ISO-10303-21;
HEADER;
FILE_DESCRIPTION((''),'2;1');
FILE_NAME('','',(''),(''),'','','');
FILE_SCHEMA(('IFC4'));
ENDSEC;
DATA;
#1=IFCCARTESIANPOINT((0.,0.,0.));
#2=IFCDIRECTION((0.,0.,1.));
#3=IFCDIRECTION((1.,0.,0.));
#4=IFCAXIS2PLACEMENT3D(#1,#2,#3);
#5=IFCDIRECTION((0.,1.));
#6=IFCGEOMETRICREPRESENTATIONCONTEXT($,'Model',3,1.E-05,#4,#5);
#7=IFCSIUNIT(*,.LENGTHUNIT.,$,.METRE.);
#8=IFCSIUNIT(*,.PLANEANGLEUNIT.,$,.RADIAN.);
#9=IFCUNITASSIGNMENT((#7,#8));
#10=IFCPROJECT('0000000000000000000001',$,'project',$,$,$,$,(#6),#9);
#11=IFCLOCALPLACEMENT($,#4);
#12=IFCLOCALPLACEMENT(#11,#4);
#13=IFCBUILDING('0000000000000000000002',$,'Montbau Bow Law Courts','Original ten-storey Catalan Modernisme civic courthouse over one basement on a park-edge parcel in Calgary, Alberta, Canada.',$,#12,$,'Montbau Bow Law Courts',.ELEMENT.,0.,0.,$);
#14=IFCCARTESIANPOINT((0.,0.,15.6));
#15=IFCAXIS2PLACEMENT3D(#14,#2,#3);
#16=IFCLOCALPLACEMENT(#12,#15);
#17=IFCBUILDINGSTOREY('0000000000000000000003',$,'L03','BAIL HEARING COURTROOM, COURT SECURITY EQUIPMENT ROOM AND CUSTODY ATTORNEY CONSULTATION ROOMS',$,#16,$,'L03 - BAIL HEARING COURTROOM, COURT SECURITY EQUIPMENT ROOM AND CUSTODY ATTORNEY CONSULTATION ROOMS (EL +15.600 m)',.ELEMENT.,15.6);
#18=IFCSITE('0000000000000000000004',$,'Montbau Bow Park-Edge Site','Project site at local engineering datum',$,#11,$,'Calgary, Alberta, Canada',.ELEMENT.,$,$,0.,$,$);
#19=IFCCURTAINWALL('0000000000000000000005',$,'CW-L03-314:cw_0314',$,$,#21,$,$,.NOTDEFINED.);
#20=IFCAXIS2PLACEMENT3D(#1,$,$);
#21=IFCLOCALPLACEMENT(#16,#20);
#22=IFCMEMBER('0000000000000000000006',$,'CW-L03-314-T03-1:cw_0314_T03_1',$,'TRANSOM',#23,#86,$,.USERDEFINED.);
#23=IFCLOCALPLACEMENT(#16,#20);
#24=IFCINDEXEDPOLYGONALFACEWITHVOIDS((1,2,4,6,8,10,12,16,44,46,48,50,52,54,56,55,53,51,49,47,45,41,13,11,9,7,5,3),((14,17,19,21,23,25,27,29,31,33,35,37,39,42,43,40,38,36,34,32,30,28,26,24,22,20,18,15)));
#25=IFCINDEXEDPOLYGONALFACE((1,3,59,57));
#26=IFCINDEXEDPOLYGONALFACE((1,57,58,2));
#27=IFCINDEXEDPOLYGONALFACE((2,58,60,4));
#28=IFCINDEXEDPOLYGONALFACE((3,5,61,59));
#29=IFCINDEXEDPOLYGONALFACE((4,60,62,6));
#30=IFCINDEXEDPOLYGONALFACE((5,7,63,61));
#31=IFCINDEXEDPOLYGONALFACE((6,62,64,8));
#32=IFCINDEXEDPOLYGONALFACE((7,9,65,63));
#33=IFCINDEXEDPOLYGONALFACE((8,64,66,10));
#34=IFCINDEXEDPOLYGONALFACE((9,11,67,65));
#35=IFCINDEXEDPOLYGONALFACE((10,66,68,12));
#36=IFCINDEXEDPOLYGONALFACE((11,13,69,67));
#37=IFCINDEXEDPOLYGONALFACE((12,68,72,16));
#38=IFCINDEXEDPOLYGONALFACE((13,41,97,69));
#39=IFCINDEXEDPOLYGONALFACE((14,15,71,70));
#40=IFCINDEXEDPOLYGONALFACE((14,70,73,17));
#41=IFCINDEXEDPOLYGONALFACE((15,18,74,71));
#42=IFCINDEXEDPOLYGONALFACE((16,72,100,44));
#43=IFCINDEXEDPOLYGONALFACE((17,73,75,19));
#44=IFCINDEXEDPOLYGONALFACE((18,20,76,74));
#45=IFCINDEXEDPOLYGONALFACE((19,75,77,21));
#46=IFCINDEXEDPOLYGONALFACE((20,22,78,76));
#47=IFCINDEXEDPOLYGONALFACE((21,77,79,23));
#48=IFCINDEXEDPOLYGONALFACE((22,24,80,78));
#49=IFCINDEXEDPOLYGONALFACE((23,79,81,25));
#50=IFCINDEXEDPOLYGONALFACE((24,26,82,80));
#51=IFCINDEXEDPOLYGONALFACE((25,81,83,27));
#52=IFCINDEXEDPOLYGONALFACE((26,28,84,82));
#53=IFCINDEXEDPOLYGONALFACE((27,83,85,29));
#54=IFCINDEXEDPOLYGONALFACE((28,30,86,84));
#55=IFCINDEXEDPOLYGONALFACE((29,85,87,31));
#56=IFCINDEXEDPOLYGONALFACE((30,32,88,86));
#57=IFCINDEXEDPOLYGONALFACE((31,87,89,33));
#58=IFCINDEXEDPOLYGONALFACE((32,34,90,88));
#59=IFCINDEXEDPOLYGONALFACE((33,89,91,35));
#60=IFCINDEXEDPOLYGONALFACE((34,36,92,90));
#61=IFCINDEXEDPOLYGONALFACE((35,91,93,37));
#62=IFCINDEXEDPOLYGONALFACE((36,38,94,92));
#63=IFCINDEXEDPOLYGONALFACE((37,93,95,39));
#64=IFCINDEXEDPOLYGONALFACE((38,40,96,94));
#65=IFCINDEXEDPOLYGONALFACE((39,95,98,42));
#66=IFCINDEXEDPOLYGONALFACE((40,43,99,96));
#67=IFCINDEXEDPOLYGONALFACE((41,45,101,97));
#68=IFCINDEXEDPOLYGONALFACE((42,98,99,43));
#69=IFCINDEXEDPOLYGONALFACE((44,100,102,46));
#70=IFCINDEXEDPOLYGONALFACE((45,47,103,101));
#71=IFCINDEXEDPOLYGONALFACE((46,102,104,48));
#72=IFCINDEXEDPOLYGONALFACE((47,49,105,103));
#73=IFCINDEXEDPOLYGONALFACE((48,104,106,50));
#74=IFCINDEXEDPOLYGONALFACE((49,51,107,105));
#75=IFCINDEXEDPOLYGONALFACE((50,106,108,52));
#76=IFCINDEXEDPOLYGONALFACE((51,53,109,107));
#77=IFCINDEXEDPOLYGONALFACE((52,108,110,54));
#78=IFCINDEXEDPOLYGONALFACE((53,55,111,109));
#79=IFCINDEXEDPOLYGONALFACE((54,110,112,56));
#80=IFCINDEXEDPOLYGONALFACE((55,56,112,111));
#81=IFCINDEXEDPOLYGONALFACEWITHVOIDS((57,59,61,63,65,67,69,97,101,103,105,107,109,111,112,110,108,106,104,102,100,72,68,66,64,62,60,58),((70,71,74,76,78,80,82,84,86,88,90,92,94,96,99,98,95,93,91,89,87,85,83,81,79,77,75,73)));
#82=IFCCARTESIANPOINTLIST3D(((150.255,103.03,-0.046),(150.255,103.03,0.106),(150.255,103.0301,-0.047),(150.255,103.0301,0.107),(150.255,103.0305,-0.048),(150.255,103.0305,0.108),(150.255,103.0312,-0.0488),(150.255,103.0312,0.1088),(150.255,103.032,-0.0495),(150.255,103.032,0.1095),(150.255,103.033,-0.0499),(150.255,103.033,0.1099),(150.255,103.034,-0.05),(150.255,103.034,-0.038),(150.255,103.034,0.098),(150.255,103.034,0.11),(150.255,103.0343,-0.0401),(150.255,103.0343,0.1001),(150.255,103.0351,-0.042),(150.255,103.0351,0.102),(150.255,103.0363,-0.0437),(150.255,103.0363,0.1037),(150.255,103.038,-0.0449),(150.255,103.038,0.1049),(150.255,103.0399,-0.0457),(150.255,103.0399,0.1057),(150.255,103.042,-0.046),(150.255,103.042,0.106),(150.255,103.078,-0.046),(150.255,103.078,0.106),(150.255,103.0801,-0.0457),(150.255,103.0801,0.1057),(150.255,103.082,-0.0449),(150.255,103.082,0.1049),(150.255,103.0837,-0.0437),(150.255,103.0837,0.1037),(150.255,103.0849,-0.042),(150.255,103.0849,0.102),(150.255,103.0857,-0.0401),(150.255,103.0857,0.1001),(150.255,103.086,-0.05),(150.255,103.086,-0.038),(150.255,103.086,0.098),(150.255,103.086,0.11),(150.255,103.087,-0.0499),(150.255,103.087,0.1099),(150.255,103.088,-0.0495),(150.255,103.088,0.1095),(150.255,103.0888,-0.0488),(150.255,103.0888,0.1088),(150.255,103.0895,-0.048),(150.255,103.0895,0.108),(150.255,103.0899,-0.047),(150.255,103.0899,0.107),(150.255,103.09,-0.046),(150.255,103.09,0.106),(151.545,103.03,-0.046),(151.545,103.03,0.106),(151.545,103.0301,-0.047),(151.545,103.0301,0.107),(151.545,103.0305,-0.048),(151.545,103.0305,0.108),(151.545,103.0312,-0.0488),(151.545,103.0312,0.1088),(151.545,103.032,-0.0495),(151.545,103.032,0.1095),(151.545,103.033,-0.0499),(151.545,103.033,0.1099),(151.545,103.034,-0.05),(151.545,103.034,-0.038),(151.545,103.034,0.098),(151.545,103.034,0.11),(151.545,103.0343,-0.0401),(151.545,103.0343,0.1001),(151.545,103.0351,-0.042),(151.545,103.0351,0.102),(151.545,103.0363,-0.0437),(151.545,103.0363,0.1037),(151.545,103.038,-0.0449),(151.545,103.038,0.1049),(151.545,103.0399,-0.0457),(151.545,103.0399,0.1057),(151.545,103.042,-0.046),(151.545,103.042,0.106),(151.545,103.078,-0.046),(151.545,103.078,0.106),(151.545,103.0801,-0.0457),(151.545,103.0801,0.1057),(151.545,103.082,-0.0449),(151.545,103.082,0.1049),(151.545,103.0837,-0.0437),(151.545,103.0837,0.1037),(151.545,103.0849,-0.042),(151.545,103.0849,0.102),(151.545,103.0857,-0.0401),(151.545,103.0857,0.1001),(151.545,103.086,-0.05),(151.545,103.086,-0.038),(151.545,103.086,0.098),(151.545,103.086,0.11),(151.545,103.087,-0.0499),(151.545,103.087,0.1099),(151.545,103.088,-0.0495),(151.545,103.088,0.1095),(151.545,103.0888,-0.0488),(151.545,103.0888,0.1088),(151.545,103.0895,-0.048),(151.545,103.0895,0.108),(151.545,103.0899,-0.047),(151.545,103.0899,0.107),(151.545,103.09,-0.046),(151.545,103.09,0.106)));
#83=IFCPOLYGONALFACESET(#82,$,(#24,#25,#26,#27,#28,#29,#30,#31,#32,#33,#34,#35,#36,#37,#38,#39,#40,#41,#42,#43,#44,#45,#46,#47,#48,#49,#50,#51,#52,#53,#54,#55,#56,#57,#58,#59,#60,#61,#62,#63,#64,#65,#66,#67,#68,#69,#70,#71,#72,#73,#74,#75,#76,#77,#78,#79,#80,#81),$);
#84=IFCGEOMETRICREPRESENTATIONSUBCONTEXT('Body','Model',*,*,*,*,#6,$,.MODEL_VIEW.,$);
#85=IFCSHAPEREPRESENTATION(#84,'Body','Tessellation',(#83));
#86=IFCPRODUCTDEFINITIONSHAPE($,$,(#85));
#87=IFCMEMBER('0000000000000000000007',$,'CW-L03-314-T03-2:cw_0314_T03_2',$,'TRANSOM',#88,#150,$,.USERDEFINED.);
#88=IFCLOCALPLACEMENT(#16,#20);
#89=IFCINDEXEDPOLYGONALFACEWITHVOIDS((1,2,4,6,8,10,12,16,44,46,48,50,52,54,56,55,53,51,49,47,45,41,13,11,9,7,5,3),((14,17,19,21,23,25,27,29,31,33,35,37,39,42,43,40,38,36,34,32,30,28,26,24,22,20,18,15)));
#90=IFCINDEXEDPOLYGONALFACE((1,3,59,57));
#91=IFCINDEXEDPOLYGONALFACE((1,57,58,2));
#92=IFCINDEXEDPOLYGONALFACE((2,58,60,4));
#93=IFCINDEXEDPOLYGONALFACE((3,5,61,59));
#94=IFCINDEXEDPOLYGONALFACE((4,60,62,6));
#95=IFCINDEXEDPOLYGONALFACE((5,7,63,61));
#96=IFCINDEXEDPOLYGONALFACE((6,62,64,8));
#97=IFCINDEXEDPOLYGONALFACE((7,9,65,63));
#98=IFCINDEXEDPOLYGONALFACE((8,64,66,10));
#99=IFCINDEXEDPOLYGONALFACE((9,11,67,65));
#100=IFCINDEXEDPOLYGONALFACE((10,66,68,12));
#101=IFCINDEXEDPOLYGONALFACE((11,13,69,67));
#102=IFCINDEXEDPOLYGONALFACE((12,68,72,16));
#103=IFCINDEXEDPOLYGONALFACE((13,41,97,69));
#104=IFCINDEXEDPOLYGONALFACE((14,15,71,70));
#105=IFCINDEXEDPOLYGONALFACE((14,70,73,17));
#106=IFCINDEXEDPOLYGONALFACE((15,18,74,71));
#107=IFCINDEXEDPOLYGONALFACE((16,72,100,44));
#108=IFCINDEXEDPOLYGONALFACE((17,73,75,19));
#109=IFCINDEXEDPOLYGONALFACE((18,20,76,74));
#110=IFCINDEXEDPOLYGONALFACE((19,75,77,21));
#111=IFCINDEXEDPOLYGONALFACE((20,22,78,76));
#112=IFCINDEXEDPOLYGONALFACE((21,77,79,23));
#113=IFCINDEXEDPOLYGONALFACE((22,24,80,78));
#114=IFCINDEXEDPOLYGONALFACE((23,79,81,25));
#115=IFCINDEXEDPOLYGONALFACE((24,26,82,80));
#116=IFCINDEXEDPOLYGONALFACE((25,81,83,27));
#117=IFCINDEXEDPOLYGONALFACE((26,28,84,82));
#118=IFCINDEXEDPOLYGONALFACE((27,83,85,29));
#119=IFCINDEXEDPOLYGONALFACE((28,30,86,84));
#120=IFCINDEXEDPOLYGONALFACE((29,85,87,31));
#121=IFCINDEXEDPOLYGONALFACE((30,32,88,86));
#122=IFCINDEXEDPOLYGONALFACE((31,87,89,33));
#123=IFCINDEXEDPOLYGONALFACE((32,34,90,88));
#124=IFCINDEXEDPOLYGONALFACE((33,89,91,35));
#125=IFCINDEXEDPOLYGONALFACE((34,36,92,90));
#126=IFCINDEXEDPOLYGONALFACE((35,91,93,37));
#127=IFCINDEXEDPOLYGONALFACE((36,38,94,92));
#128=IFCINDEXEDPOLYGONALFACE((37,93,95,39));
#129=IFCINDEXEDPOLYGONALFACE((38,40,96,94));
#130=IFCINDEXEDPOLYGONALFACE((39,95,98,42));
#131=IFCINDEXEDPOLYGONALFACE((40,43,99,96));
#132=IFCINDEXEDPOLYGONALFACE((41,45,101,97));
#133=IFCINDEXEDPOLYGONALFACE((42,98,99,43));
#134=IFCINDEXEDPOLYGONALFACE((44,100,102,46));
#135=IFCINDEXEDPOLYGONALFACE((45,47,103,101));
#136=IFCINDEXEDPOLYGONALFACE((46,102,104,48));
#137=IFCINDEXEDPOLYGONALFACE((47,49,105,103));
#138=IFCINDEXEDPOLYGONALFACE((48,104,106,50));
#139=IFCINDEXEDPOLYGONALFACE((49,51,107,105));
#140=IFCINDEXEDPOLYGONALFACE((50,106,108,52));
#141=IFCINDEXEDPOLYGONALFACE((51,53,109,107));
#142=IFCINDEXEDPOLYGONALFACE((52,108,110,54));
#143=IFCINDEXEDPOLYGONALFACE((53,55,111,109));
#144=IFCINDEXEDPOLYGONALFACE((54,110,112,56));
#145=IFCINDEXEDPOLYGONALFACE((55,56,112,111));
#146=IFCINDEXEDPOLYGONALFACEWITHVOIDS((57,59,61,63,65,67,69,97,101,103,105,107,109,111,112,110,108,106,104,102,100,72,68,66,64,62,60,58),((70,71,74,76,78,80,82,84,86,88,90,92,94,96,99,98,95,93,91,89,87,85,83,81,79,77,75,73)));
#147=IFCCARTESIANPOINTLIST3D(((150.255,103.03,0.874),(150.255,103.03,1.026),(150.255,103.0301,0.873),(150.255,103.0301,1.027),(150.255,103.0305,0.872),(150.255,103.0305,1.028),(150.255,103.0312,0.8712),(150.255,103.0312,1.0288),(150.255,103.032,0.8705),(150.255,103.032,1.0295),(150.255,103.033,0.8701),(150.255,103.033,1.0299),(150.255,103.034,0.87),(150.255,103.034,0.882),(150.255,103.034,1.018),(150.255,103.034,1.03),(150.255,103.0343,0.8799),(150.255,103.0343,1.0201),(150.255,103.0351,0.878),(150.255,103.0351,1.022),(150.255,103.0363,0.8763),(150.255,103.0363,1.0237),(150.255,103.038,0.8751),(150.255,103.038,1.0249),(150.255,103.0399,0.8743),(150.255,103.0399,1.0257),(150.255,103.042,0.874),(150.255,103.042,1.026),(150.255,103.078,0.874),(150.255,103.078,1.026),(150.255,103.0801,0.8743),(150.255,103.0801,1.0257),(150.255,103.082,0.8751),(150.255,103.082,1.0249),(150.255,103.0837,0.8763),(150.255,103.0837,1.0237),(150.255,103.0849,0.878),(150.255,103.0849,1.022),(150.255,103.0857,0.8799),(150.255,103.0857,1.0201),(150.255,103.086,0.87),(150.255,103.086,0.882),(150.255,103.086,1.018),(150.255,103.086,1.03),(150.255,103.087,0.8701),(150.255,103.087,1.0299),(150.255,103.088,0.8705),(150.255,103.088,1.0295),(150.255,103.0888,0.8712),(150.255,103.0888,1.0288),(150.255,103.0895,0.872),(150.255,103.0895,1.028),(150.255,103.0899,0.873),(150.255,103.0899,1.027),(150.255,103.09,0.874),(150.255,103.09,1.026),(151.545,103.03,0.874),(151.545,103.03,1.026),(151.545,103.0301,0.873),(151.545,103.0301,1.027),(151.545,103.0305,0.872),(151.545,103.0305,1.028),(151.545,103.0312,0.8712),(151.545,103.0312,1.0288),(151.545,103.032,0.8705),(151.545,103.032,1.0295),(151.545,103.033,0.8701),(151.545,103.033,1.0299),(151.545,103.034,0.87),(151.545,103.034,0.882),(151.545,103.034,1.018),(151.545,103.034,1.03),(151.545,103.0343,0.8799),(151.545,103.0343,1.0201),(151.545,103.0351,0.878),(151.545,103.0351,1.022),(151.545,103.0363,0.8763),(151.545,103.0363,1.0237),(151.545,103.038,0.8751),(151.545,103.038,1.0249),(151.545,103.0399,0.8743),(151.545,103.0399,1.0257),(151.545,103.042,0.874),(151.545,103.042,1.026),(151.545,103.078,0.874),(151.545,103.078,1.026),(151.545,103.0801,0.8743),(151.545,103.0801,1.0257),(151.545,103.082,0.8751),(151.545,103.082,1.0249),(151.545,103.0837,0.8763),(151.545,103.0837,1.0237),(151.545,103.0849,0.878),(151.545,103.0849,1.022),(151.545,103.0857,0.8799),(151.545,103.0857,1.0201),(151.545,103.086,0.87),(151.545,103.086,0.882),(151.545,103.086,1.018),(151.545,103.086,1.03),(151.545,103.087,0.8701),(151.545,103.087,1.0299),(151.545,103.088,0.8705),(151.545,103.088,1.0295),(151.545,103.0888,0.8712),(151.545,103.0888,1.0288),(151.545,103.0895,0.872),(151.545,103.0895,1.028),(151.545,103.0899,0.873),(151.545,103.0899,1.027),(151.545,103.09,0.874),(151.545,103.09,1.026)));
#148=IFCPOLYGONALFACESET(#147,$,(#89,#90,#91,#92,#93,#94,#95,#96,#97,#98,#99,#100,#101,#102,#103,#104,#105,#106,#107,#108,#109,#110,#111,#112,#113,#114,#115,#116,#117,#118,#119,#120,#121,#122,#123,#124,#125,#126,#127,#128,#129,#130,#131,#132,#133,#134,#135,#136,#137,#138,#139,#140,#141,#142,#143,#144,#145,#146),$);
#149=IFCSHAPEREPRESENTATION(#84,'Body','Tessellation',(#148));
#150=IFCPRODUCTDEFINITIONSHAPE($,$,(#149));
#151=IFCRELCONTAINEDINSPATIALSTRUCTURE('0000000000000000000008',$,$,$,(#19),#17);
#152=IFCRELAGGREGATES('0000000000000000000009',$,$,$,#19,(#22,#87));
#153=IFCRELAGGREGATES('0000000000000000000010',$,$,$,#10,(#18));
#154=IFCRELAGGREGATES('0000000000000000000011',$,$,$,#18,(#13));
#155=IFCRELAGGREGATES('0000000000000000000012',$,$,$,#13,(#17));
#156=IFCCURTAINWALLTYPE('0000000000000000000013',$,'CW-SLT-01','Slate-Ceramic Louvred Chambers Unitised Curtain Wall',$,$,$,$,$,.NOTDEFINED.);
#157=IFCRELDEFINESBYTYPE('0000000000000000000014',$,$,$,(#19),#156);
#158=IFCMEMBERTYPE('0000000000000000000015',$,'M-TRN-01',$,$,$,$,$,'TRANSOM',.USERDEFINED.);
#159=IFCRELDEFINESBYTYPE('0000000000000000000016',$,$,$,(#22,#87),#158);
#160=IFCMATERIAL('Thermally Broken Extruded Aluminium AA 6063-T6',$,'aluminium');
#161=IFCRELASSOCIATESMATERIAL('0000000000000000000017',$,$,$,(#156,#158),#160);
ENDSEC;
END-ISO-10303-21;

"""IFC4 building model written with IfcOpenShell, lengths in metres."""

from ifc_helpers import new_model, si_unit, direction, frame, origin_with_axes, origin_2d_with_axis, place, context, subcontext, project, spatial, hollow_rectangle, extrude, material, material_profile, profile_set, type_object, element, aggregate, save


model = new_model("IFC4")

# Units and contexts
model_context = context("Model", 3, precision=1e-05, world=origin_with_axes(), true_north=direction((0.0, 1.0)))
body_context = subcontext(model_context, "Body", "Model", "MODEL_VIEW")
ifc_project = project(units=[si_unit("LENGTHUNIT", "METRE"), si_unit("PLANEANGLEUNIT", "RADIAN")], contexts=[model_context])

# Site, building, storey
site_placement = place(None, origin_with_axes())
site = spatial("IfcSite", under=ifc_project, at=site_placement, Name="Montbau Bow Park-Edge Site", Description="Project site at local engineering datum", LongName="Calgary, Alberta, Canada", CompositionType="ELEMENT", RefElevation=0.0)
building_placement = place(site_placement, origin_with_axes())
building = spatial("IfcBuilding", under=site, at=building_placement, Name="Montbau Bow Law Courts", Description="Original ten-storey Catalan Modernisme civic courthouse over one basement on a park-edge parcel in Calgary, Alberta, Canada.", LongName="Montbau Bow Law Courts", CompositionType="ELEMENT", ElevationOfRefHeight=0.0, ElevationOfTerrain=0.0)
storey_placement = place(building_placement, frame((0.0, 0.0, 15.6), z_axis=(0.0, 0.0, 1.0), x_axis=(1.0, 0.0, 0.0)))
storey = spatial("IfcBuildingStorey", under=building, at=storey_placement, Name="L03", Description="BAIL HEARING COURTROOM, COURT SECURITY EQUIPMENT ROOM AND CUSTODY ATTORNEY CONSULTATION ROOMS", LongName="L03 - BAIL HEARING COURTROOM, COURT SECURITY EQUIPMENT ROOM AND CUSTODY ATTORNEY CONSULTATION ROOMS (EL +15.600 m)", CompositionType="ELEMENT", Elevation=15.6)

# Curtain wall, members
ifc_material_1 = material(Name="Thermally Broken Extruded Aluminium AA 6063-T6", Category="aluminium")
curtain_wall_type = type_object("IfcCurtainWallType", Name="CW-SLT-01", Description="Slate-Ceramic Louvred Chambers Unitised Curtain Wall", PredefinedType="NOTDEFINED", material=ifc_material_1)
curtain_wall_placement = place(None, frame((147.515, 103.06, 15.6), z_axis=(0.0, 0.0, 1.0), x_axis=(1.0, 0.0, 0.0)))
curtain_wall = element("IfcCurtainWall", 1, at=curtain_wall_placement, inside=storey, type_object=curtain_wall_type, Name="CW-L03-314:cw_0314", PredefinedType="NOTDEFINED")
ifc_material_profile_1 = material_profile(ifc_material_1, hollow_rectangle(XDim=0.06, YDim=0.16, WallThickness=0.004, InnerFilletRadius=0.008, OuterFilletRadius=0.004, at=origin_2d_with_axis()), Name="CWT-160X60", Category="Main", Priority=0)
ifc_profile_set_1 = profile_set([ifc_material_profile_1], Name="Thermally Broken Extruded Aluminium AA 6063-T6")
member_type_1 = type_object("IfcMemberType", Name="M-TRN-01", ElementType="TRANSOM", PredefinedType="USERDEFINED", material=ifc_profile_set_1)
member_1_placement = place(None, frame((150.255, 103.06, 15.63), z_axis=(1.0, 0.0, 0.0), x_axis=(0.0, 1.0, 0.0)))
member_1 = element("IfcMember", 2, at=member_1_placement, type_object=member_type_1, Name="CW-L03-314-T03-1:cw_0314_T03_1", ObjectType="TRANSOM", PredefinedType="USERDEFINED", context=body_context, shape_type="SweptSolid", body=[
    extrude(hollow_rectangle(XDim=0.06, YDim=0.16, WallThickness=0.004, InnerFilletRadius=0.008, OuterFilletRadius=0.004, at=origin_2d_with_axis()), origin_with_axes(), (0.0, 0.0, 1.0), 1.29),
])
member_2_placement = place(None, frame((150.255, 103.06, 16.55), z_axis=(1.0, 0.0, 0.0), x_axis=(0.0, 1.0, 0.0)))
member_2 = element("IfcMember", 3, at=member_2_placement, type_object=member_type_1, Name="CW-L03-314-T03-2:cw_0314_T03_2", ObjectType="TRANSOM", PredefinedType="USERDEFINED", context=body_context, shape_type="SweptSolid", body=[
    extrude(hollow_rectangle(XDim=0.06, YDim=0.16, WallThickness=0.004, InnerFilletRadius=0.008, OuterFilletRadius=0.004, at=origin_2d_with_axis()), origin_with_axes(), (0.0, 0.0, 1.0), 1.29),
])
aggregate(curtain_wall, [member_1, member_2])

save(model, "model.ifc")
